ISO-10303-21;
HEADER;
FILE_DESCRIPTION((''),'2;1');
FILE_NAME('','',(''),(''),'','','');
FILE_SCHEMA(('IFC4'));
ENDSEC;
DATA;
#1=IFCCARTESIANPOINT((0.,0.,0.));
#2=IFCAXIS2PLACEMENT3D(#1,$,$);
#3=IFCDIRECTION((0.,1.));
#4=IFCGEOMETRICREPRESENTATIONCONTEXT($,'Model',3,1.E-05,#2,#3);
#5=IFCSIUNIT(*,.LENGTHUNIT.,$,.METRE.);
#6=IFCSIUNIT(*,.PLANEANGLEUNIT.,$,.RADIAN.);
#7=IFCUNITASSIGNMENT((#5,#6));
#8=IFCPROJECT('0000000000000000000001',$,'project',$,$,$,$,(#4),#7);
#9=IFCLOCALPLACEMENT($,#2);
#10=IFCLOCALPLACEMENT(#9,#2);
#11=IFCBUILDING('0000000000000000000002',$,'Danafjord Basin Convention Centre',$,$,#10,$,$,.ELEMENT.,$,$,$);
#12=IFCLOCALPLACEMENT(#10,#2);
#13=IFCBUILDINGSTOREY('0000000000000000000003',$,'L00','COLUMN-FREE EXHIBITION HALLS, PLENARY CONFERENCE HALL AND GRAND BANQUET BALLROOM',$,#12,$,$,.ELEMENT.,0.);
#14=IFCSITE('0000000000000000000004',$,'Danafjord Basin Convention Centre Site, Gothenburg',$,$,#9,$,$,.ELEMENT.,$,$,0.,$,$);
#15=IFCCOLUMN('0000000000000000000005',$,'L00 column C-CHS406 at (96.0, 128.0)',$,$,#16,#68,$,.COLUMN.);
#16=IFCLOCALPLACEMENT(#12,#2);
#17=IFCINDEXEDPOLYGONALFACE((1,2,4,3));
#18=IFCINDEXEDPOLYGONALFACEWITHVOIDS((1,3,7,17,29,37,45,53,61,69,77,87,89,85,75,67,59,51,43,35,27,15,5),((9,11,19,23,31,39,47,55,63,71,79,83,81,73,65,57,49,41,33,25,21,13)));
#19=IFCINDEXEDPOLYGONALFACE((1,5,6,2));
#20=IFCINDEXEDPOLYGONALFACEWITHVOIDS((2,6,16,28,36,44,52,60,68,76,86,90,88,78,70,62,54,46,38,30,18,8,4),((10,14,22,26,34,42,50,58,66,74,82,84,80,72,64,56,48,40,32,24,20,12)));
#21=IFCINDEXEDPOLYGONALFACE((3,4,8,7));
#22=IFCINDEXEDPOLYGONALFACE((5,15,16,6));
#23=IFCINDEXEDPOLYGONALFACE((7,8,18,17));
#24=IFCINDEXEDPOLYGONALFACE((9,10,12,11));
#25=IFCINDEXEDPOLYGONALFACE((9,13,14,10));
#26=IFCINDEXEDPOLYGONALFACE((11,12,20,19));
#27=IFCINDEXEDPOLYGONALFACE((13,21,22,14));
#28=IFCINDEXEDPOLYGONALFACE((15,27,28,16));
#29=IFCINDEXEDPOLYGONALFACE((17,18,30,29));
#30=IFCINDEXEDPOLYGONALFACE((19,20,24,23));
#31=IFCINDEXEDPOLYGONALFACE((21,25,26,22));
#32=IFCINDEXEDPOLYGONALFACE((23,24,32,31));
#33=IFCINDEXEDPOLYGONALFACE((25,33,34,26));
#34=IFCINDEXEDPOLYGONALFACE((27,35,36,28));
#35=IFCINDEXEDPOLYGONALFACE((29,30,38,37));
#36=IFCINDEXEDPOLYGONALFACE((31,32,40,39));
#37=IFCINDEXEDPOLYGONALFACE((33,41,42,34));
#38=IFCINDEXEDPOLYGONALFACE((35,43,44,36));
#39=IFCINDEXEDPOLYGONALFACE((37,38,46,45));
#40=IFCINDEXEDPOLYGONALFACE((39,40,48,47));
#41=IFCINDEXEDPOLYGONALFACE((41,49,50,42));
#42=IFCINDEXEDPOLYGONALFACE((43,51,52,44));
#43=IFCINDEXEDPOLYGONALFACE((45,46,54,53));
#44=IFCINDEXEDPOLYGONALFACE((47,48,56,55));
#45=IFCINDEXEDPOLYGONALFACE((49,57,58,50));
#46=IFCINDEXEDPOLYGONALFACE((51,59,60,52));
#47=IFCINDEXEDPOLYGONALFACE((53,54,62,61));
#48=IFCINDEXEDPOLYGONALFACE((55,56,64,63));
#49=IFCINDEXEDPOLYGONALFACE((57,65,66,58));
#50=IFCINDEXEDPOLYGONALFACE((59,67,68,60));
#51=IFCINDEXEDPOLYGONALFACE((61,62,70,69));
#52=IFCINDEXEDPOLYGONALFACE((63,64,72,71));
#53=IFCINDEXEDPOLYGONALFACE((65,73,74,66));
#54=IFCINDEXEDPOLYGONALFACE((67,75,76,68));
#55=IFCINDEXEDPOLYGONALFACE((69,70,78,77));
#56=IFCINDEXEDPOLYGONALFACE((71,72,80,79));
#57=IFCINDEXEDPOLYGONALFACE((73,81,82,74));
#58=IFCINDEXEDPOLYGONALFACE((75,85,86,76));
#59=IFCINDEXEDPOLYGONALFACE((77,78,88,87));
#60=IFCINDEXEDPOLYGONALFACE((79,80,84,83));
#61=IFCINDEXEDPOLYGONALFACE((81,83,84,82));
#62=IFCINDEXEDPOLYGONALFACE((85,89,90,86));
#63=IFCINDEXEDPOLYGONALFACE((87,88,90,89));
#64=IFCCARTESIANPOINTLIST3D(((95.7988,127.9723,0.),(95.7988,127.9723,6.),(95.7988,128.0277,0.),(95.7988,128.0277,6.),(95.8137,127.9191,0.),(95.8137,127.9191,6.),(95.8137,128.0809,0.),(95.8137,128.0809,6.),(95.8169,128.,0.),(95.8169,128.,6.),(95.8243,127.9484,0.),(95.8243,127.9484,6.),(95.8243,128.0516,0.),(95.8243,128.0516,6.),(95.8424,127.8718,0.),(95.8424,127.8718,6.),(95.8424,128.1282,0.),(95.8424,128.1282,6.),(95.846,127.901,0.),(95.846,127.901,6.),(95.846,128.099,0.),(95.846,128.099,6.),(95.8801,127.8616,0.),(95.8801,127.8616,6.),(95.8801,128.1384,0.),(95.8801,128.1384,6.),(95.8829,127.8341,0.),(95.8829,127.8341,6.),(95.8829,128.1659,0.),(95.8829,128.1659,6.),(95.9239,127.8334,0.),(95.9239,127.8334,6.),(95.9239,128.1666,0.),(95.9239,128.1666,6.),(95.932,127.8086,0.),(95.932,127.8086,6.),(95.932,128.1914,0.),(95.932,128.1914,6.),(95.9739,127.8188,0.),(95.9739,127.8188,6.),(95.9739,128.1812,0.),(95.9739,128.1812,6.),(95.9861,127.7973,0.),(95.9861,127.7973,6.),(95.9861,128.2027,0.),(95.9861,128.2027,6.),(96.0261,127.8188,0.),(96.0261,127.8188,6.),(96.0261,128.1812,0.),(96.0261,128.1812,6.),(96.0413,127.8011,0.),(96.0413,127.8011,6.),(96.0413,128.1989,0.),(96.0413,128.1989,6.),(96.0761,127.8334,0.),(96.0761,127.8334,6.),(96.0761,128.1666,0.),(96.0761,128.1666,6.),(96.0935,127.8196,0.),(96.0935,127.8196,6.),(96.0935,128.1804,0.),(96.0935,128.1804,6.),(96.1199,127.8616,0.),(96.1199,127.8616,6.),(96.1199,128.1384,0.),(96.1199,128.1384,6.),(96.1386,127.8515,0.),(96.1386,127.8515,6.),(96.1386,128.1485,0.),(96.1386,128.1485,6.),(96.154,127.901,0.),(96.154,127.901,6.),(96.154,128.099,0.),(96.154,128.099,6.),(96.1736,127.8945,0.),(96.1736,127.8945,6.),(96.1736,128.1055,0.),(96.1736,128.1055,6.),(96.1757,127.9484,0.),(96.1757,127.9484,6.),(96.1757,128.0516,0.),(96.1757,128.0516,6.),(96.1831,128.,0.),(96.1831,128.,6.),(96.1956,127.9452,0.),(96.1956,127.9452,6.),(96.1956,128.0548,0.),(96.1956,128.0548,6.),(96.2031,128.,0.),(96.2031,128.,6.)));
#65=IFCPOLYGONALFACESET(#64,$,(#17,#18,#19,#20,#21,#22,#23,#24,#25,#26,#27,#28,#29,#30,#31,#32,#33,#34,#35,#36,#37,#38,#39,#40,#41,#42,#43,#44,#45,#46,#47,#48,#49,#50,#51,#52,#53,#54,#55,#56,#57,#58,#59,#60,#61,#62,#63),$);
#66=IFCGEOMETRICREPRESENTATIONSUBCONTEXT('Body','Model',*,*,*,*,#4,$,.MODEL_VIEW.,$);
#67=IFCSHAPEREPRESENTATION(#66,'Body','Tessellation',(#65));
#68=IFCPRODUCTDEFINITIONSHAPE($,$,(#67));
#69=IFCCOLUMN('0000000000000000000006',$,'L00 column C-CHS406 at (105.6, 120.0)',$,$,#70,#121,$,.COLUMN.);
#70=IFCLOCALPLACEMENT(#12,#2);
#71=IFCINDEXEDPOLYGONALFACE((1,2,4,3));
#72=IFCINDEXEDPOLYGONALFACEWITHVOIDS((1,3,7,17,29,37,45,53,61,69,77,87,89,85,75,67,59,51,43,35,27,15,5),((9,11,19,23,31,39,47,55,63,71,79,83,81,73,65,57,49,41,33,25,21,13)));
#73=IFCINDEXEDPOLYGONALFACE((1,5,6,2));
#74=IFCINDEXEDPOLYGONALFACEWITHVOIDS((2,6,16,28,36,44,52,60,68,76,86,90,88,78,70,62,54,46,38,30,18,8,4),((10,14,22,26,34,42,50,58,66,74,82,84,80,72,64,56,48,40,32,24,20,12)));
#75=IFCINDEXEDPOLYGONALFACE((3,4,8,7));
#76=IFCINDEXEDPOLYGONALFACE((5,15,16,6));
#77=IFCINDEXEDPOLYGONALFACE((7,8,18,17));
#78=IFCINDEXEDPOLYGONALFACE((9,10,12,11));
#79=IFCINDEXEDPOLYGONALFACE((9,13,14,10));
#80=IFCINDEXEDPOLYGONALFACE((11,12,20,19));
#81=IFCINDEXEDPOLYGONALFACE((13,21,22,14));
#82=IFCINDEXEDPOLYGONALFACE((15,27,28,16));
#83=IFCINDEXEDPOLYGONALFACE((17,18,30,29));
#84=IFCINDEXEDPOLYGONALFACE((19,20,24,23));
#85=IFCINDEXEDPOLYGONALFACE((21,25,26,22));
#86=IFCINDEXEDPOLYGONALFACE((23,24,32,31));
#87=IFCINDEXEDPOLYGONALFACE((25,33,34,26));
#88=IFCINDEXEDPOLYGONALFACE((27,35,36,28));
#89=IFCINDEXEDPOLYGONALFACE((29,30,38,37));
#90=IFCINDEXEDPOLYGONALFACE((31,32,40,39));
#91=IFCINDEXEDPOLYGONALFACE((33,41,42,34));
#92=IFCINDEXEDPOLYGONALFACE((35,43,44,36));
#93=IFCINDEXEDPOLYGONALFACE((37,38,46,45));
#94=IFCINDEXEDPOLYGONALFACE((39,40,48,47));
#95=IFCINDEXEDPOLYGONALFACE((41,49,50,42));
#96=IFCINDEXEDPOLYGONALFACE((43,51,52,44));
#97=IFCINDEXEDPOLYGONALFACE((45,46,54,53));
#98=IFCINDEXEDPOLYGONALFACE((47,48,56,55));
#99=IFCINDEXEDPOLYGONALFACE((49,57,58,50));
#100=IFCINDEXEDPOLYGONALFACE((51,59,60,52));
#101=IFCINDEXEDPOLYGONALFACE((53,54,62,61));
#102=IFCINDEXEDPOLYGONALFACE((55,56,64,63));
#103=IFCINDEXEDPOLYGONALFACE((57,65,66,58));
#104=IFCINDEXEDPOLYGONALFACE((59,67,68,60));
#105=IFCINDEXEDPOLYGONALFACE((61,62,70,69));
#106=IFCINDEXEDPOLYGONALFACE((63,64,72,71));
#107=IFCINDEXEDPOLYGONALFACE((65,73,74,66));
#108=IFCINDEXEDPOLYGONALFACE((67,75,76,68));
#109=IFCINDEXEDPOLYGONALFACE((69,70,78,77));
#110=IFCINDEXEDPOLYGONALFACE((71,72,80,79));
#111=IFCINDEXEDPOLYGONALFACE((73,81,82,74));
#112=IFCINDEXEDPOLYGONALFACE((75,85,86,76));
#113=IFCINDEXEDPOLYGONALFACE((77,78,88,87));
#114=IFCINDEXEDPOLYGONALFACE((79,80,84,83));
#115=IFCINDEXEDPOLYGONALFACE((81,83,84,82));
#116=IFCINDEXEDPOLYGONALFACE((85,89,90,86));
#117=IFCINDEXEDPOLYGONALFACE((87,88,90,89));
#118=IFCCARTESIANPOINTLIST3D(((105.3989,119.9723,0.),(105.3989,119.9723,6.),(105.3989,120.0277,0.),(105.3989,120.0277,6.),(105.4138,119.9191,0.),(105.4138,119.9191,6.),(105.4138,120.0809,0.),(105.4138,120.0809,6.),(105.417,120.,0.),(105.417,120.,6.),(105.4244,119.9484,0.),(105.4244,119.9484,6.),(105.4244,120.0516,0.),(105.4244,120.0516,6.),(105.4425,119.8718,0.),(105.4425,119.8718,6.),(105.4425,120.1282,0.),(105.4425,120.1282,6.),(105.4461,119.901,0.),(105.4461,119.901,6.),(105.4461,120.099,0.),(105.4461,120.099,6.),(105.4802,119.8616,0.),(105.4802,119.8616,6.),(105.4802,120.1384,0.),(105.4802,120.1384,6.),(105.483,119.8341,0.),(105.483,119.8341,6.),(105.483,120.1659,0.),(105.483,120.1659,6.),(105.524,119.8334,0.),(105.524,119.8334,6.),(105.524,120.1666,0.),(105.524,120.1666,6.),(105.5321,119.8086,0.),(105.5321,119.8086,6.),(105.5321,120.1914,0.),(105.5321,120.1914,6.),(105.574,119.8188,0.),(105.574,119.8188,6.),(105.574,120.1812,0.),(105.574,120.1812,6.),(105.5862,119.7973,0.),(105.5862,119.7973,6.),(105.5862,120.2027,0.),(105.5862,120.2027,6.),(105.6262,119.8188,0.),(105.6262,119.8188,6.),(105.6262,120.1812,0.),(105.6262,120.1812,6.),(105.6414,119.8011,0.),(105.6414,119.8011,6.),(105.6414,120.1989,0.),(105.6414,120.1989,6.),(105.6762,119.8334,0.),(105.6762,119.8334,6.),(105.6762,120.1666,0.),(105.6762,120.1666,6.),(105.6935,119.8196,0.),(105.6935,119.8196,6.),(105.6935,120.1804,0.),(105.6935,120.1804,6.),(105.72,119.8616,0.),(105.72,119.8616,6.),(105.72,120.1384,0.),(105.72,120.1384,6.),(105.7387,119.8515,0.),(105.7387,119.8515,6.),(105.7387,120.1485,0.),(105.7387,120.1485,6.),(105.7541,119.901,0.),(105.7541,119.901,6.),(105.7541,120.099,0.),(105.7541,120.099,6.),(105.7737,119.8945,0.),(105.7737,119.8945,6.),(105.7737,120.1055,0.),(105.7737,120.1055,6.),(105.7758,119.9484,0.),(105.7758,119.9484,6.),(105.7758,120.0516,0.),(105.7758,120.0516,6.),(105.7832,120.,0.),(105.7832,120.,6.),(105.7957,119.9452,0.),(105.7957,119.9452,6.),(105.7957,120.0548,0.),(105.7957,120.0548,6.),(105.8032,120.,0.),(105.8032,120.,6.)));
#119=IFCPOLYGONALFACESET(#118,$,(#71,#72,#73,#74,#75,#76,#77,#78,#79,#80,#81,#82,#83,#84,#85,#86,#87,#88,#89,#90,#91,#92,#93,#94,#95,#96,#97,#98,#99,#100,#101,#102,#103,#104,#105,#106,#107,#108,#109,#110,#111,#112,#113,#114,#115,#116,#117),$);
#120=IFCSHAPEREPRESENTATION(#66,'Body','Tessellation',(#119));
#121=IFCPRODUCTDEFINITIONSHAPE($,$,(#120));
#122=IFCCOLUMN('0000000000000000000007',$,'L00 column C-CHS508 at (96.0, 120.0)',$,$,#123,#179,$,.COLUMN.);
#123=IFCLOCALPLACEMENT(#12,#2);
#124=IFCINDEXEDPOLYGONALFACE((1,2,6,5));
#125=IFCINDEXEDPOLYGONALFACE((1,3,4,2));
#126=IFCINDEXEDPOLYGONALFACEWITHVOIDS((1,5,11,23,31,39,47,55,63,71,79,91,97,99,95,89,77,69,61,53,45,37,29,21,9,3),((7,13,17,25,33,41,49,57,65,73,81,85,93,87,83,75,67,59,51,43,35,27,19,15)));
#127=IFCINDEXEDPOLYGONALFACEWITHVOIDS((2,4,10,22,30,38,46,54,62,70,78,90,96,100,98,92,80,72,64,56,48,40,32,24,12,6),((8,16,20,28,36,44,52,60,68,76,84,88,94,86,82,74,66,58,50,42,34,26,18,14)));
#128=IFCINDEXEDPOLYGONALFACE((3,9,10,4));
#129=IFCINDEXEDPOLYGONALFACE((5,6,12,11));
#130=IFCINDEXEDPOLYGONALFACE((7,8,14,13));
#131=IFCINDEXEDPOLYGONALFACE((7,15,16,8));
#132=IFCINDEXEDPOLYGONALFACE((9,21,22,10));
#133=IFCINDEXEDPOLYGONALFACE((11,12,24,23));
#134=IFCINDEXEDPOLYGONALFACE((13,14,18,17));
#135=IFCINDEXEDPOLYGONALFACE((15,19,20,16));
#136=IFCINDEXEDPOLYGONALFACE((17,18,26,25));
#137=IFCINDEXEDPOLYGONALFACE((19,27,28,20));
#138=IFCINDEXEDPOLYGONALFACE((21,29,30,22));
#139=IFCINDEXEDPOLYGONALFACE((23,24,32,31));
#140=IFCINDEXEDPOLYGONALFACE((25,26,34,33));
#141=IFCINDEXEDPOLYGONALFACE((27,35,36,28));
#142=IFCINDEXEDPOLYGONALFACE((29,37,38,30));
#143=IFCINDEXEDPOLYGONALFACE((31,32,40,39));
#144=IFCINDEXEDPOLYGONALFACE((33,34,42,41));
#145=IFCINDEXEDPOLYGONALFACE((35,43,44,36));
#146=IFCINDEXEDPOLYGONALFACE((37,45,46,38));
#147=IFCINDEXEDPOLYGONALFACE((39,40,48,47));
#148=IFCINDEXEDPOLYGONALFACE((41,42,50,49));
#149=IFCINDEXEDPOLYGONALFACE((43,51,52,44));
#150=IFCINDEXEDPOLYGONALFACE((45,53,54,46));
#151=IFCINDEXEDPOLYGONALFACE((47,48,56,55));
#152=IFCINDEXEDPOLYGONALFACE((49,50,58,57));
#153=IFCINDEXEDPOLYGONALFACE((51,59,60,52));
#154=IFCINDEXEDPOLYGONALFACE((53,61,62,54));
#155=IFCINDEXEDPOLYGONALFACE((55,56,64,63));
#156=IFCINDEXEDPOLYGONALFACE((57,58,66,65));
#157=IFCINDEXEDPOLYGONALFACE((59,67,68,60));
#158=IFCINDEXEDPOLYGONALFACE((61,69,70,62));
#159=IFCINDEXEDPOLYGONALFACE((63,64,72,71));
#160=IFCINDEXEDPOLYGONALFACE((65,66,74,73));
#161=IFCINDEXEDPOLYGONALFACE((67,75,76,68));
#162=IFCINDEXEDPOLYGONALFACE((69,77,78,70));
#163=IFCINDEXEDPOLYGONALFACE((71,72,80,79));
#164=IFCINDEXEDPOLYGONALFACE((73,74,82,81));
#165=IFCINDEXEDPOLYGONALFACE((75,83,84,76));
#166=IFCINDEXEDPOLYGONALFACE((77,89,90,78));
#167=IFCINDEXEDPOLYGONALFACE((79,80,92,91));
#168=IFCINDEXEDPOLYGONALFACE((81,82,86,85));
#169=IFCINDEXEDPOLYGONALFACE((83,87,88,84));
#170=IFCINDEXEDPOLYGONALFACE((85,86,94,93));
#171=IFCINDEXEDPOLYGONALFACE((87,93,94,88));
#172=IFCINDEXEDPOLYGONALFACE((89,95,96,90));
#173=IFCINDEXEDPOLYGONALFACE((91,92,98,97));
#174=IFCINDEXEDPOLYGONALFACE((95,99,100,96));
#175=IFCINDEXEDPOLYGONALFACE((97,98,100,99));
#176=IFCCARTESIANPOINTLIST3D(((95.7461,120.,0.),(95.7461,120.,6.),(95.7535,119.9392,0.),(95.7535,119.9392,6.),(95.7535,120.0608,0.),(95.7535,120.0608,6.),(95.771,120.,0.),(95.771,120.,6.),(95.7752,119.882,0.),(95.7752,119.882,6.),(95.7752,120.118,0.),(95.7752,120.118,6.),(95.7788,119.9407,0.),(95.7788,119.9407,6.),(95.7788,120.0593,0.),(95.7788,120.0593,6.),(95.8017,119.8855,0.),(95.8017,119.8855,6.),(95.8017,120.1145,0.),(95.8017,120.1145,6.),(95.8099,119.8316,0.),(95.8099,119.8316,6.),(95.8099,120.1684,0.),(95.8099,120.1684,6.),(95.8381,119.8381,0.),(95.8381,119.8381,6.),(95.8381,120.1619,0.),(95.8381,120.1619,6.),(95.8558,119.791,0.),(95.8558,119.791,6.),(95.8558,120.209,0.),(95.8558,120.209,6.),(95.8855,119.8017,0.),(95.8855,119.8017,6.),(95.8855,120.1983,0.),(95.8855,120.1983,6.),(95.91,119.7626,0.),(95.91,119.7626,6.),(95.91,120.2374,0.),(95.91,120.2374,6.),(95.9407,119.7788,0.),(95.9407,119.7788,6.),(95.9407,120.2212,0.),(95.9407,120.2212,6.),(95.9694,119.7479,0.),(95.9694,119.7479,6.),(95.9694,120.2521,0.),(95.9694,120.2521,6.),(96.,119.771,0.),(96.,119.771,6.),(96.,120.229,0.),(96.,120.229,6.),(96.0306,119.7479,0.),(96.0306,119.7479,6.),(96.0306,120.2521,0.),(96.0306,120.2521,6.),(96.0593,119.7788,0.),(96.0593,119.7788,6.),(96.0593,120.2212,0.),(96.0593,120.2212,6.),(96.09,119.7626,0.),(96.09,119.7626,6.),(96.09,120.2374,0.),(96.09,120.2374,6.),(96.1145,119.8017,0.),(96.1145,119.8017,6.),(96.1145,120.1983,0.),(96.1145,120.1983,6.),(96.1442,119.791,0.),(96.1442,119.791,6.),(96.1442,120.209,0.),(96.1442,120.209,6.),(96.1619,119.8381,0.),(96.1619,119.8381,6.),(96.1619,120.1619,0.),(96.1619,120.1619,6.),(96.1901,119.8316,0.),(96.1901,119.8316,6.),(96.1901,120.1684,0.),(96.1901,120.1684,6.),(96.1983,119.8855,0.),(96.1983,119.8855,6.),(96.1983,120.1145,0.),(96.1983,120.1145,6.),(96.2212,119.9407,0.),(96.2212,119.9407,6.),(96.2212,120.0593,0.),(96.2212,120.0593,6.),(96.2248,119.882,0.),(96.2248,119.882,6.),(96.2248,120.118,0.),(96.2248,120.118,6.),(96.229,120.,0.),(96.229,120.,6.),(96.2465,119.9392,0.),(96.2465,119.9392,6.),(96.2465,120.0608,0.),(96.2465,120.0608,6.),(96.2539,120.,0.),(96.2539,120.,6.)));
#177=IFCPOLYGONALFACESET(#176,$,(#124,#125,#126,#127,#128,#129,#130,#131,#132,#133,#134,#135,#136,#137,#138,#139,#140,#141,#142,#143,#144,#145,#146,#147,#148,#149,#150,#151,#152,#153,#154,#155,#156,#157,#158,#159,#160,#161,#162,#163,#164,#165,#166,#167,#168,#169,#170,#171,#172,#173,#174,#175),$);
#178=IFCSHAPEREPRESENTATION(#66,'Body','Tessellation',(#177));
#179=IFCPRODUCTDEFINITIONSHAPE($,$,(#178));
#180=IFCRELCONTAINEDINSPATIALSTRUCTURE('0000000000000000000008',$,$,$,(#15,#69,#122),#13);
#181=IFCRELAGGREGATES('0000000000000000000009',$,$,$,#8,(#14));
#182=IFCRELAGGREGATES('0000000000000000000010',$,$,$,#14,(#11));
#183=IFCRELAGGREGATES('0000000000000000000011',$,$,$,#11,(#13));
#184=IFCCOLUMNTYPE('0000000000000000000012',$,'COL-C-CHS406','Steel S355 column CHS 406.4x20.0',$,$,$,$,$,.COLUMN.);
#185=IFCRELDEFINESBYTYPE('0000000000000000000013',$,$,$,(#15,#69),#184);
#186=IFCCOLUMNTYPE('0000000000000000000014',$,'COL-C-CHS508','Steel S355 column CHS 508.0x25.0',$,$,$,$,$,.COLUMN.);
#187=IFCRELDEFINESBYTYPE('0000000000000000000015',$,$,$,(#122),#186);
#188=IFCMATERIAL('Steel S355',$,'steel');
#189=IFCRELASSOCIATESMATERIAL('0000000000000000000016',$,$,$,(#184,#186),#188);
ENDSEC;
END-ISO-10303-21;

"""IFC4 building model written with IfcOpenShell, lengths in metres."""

from ifc_helpers import new_model, si_unit, direction, frame, origin, origin_2d, place, context, subcontext, project, spatial, hollow_circle, extrude, material, material_profile, profile_set, type_object, element, save


model = new_model("IFC4")

# Units and contexts
model_context = context("Model", 3, precision=1e-05, world=origin(), true_north=direction((0.0, 1.0)))
body_context = subcontext(model_context, "Body", "Model", "MODEL_VIEW")
ifc_project = project(units=[si_unit("LENGTHUNIT", "METRE"), si_unit("PLANEANGLEUNIT", "RADIAN")], contexts=[model_context])

# Site, building, storey
site_placement = place(None, origin())
site = spatial("IfcSite", under=ifc_project, at=site_placement, Name="Danafjord Basin Convention Centre Site, Gothenburg", CompositionType="ELEMENT", RefElevation=0.0)
building_placement = place(site_placement, origin())
building = spatial("IfcBuilding", under=site, at=building_placement, Name="Danafjord Basin Convention Centre", CompositionType="ELEMENT")
storey_placement = place(building_placement, origin())
storey = spatial("IfcBuildingStorey", under=building, at=storey_placement, Name="L00", Description="COLUMN-FREE EXHIBITION HALLS, PLENARY CONFERENCE HALL AND GRAND BANQUET BALLROOM", CompositionType="ELEMENT", Elevation=0.0)

# Columns
ifc_material_1 = material(Name="Steel S355", Category="steel")
ifc_material_profile_1 = material_profile(ifc_material_1, hollow_circle(Radius=0.2031, WallThickness=0.02, at=origin_2d()), Name="CHS 406.4x20.0")
ifc_profile_set_1 = profile_set([ifc_material_profile_1], Name="Steel S355")
column_type_1 = type_object("IfcColumnType", Name="COL-C-CHS406", Description="Steel S355 column CHS 406.4x20.0", PredefinedType="COLUMN", material=ifc_profile_set_1)
for number, where, z_axis, x_axis, name in (
    (1, (96.0, 128.0, 0.0), (0.0, 0.0, 1.0), (1.0, 0.0, 0.0), "L00 column C-CHS406 at (96.0, 128.0)"),
    (2, (105.6001, 120.0, 0.0), (0.0, 0.0, 1.0), (1.0, 0.0, 0.0), "L00 column C-CHS406 at (105.6, 120.0)"),
):
    element("IfcColumn", number, at=place(storey_placement, frame(where, z_axis=z_axis, x_axis=x_axis)), inside=storey, type_object=column_type_1, Name=name, PredefinedType="COLUMN", context=body_context, shape_type="SweptSolid", body=[
        extrude(hollow_circle(Radius=0.2031, WallThickness=0.02, at=origin_2d()), origin(), (0.0, 0.0, 1.0), 6.0),
    ])
ifc_material_profile_2 = material_profile(ifc_material_1, hollow_circle(Radius=0.2539, WallThickness=0.0249, at=origin_2d()), Name="CHS 508.0x25.0")
ifc_profile_set_2 = profile_set([ifc_material_profile_2], Name="Steel S355")
column_type_2 = type_object("IfcColumnType", Name="COL-C-CHS508", Description="Steel S355 column CHS 508.0x25.0", PredefinedType="COLUMN", material=ifc_profile_set_2)
column_1_placement = place(storey_placement, frame((96.0, 120.0, 0.0), z_axis=(0.0, 0.0, 1.0), x_axis=(1.0, 0.0, 0.0)))
element("IfcColumn", 3, at=column_1_placement, inside=storey, type_object=column_type_2, Name="L00 column C-CHS508 at (96.0, 120.0)", PredefinedType="COLUMN", context=body_context, shape_type="SweptSolid", body=[
    extrude(hollow_circle(Radius=0.2539, WallThickness=0.0249, at=origin_2d()), origin(), (0.0, 0.0, 1.0), 6.0),
])

save(model, "model.ifc")
